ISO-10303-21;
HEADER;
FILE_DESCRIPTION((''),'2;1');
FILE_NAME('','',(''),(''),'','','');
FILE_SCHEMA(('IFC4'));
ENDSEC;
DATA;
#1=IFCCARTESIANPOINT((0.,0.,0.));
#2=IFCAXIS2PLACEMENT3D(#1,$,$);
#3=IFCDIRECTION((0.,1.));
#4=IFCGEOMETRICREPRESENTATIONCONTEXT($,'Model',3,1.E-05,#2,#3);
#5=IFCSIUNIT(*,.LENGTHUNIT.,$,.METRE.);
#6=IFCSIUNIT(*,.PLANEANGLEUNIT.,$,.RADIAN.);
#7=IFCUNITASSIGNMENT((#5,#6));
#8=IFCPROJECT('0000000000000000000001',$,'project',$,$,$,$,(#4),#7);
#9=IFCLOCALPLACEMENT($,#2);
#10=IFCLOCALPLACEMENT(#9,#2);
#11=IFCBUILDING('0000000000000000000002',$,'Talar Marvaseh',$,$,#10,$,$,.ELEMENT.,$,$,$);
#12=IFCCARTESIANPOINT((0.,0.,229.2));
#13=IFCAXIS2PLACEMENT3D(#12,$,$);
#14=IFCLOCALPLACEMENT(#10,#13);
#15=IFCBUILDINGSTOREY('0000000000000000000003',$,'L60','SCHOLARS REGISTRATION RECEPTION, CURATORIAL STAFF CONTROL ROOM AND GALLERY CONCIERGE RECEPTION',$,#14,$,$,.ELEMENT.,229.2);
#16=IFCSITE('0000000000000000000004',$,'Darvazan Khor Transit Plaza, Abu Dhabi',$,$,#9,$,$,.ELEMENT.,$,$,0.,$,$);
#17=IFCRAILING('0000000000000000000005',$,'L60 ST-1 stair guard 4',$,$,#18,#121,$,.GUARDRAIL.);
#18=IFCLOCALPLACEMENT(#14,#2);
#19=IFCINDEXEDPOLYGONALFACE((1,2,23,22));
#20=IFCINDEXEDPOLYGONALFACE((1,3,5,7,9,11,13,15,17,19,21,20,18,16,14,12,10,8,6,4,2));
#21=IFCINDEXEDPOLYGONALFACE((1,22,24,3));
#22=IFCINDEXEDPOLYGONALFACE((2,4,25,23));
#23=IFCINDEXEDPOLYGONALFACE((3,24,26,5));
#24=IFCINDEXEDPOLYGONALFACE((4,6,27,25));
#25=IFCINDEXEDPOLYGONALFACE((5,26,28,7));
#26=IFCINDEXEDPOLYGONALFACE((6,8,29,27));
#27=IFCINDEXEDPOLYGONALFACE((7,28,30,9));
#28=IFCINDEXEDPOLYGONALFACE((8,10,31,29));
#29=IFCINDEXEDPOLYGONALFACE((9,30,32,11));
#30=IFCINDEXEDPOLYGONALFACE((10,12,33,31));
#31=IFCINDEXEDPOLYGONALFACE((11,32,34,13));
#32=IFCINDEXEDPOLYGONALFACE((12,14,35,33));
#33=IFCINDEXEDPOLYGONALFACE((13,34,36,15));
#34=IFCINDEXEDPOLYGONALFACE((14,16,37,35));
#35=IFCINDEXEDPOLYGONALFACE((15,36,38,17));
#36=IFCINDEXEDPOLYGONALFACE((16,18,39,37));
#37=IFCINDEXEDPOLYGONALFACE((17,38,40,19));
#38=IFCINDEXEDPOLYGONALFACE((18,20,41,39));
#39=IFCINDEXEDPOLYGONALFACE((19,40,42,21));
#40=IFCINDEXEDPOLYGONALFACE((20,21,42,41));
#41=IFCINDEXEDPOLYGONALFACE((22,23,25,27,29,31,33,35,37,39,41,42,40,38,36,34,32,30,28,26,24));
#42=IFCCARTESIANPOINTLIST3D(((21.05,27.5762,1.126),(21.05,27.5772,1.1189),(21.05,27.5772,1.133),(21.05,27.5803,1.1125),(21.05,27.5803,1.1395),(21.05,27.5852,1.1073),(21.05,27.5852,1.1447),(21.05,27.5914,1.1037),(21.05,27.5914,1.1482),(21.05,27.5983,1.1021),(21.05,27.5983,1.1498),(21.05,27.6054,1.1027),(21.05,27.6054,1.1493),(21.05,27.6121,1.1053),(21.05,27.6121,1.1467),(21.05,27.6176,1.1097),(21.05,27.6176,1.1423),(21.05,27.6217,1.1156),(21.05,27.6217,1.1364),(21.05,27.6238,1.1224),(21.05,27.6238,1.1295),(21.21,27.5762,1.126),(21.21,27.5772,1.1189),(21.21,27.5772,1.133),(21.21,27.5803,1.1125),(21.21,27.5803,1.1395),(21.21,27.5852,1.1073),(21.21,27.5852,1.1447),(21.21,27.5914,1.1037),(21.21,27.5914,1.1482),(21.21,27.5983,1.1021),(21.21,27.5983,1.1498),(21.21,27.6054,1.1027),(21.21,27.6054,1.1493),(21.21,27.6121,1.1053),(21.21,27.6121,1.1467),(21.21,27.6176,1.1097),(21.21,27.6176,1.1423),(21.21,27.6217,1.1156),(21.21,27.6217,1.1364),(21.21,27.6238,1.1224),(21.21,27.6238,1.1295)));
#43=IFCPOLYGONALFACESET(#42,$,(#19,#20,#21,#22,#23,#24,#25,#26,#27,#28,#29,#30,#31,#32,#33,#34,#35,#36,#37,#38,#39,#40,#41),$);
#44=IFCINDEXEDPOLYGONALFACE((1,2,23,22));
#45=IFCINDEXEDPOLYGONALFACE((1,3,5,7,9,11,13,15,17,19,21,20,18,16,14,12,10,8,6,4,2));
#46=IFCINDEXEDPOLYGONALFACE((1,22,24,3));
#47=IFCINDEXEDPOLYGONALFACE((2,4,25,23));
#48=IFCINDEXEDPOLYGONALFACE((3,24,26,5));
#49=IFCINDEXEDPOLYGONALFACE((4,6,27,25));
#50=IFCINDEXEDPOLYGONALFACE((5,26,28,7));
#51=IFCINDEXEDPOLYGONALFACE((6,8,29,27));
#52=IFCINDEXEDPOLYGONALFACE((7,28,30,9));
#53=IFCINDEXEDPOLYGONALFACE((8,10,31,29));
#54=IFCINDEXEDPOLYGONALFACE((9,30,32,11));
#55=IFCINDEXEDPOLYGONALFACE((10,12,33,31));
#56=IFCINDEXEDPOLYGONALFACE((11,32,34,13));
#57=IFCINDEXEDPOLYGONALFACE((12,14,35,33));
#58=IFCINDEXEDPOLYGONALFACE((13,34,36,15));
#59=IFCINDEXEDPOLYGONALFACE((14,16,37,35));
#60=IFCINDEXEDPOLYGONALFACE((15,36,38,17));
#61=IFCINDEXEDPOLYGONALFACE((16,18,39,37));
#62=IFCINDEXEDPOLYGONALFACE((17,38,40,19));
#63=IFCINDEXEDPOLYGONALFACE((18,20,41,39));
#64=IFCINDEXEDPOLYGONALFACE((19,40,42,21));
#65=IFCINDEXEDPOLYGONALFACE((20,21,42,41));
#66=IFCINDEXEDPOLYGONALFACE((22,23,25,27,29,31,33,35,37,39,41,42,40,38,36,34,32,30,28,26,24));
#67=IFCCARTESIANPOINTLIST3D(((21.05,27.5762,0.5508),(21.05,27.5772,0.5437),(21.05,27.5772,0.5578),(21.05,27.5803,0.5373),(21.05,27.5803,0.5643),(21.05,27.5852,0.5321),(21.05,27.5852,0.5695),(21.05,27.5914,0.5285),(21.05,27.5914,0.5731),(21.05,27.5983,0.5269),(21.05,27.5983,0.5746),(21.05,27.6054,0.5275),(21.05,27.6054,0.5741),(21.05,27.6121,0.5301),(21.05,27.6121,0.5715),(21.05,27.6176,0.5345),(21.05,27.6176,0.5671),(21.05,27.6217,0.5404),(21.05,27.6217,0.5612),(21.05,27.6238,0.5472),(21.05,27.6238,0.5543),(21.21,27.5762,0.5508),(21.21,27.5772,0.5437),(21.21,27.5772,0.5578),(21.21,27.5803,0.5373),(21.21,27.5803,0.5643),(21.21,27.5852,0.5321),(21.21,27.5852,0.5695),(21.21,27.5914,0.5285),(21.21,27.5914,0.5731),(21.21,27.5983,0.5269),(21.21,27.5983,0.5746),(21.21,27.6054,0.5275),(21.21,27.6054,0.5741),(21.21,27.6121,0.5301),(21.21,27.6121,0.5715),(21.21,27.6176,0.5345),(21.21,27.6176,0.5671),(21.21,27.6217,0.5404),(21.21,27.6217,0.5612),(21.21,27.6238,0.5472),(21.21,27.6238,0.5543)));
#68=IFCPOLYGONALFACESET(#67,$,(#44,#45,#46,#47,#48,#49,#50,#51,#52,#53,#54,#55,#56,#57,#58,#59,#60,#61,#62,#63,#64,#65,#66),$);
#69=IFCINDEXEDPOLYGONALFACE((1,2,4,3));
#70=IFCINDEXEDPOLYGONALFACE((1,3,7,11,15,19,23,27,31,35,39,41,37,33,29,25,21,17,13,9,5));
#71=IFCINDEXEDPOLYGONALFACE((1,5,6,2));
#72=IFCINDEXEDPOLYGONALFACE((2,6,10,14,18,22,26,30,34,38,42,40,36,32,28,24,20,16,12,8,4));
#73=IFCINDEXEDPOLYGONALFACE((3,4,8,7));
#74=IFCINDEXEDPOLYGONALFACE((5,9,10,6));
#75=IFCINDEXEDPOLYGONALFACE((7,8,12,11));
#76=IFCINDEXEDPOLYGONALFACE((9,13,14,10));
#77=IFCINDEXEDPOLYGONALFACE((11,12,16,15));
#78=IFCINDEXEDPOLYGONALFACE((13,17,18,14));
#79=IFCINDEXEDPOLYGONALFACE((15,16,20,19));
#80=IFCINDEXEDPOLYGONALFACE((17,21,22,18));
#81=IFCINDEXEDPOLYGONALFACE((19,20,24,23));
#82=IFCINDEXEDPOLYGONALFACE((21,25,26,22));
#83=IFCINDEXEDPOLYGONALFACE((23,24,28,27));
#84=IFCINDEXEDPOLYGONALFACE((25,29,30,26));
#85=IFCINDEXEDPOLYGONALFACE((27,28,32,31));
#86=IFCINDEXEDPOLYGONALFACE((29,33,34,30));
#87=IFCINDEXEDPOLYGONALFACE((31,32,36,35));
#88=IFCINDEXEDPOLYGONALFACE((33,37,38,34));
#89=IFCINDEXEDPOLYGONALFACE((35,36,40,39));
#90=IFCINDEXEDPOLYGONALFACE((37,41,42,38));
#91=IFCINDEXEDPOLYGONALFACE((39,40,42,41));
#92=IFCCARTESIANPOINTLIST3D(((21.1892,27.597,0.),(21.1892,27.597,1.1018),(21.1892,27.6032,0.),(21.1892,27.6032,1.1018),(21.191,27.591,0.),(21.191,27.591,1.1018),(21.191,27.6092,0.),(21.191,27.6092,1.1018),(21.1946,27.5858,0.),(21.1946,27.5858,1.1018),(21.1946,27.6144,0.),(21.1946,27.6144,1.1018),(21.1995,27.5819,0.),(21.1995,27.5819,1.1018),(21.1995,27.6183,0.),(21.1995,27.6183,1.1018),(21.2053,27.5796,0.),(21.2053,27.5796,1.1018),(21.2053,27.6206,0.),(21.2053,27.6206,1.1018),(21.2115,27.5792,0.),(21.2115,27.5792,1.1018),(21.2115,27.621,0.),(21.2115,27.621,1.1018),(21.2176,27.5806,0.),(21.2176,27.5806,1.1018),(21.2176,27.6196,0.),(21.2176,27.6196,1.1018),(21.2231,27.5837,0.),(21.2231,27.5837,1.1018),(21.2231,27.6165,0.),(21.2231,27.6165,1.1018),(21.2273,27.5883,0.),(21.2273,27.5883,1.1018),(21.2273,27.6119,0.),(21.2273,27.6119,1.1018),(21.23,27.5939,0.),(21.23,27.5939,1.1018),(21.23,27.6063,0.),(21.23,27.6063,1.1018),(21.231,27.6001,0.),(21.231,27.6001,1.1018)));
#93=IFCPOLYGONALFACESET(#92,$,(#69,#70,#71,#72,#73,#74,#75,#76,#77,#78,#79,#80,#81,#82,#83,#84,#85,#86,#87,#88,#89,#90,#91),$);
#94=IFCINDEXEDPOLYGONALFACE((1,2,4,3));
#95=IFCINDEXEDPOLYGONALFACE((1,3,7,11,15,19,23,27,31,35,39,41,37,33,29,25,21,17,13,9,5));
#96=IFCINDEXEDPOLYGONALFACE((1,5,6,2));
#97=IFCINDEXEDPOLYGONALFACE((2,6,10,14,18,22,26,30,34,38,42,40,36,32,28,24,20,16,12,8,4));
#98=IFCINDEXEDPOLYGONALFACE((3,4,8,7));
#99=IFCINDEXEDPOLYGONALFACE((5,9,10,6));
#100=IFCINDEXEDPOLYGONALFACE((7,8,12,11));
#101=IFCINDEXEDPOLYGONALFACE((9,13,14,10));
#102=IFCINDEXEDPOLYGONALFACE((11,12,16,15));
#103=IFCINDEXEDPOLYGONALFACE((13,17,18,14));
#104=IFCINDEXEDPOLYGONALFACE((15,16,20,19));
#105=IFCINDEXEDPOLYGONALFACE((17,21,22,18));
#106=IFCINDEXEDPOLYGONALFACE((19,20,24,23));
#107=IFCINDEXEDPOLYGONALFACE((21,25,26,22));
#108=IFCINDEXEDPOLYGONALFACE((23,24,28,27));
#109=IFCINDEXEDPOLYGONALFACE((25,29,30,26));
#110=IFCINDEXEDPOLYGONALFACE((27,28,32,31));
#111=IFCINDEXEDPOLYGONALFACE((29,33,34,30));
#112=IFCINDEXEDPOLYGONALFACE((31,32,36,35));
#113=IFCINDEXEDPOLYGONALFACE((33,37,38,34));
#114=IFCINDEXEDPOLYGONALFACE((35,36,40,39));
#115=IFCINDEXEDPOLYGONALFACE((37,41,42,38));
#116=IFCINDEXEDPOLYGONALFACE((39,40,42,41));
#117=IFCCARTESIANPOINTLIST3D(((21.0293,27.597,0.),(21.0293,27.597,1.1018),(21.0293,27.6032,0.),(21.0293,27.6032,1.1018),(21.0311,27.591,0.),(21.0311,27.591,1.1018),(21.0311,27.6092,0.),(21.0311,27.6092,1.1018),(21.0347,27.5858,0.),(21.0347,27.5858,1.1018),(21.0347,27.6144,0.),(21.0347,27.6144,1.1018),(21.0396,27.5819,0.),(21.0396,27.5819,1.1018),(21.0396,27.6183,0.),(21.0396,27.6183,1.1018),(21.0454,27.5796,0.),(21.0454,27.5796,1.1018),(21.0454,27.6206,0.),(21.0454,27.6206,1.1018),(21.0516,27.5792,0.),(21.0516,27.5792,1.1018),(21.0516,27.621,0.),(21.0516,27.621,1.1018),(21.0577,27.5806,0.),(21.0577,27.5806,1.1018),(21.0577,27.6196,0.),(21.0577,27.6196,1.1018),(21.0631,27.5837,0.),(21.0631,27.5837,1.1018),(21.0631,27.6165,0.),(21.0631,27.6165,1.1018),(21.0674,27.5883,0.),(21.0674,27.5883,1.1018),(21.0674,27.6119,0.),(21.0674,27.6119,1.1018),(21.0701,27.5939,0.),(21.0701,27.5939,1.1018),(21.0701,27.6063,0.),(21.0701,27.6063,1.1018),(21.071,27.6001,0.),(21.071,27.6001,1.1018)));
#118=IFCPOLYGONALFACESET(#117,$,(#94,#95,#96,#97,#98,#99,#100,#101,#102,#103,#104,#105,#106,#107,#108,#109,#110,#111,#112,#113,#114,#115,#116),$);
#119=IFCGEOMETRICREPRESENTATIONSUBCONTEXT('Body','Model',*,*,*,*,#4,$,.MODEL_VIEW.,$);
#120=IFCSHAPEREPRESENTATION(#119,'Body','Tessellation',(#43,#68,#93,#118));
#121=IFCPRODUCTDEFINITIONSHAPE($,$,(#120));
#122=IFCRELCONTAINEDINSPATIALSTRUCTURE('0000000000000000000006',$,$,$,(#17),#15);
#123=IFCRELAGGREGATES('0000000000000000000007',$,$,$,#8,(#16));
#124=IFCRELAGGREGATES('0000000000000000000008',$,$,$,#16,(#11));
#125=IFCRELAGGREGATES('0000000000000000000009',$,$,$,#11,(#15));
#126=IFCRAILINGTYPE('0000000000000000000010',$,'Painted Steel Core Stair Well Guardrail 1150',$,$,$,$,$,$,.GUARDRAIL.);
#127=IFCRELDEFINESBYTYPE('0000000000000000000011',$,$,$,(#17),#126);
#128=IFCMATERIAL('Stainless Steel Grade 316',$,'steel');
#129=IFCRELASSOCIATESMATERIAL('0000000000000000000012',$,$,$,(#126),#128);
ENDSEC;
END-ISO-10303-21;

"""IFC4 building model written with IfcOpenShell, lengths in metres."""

from ifc_helpers import new_model, si_unit, direction, frame, origin, origin_2d, place, context, subcontext, project, spatial, circle, extrude, material, type_object, element, save


model = new_model("IFC4")

# Units and contexts
model_context = context("Model", 3, precision=1e-05, world=origin(), true_north=direction((0.0, 1.0)))
body_context = subcontext(model_context, "Body", "Model", "MODEL_VIEW")
ifc_project = project(units=[si_unit("LENGTHUNIT", "METRE"), si_unit("PLANEANGLEUNIT", "RADIAN")], contexts=[model_context])

# Site, building, storey
site_placement = place(None, origin())
site = spatial("IfcSite", under=ifc_project, at=site_placement, Name="Darvazan Khor Transit Plaza, Abu Dhabi", CompositionType="ELEMENT", RefElevation=0.0)
building_placement = place(site_placement, origin())
building = spatial("IfcBuilding", under=site, at=building_placement, Name="Talar Marvaseh", CompositionType="ELEMENT")
storey_placement = place(building_placement, frame((0.0, 0.0, 229.2)))
storey = spatial("IfcBuildingStorey", under=building, at=storey_placement, Name="L60", Description="SCHOLARS REGISTRATION RECEPTION, CURATORIAL STAFF CONTROL ROOM AND GALLERY CONCIERGE RECEPTION", CompositionType="ELEMENT", Elevation=229.2)

# Railing
ifc_material_1 = material(Name="Stainless Steel Grade 316", Category="steel")
railing_type_1 = type_object("IfcRailingType", Name="Painted Steel Core Stair Well Guardrail 1150", PredefinedType="GUARDRAIL", material=ifc_material_1)
railing_1_placement = place(storey_placement, frame((21.21, 27.6001, 0.0)))
element("IfcRailing", 1, at=railing_1_placement, inside=storey, type_object=railing_type_1, Name="L60 ST-1 stair guard 4", PredefinedType="GUARDRAIL", context=body_context, shape_type="SweptSolid", body=[
    extrude(circle(Radius=0.0239, at=origin_2d()), frame((0.0, 0.0, 1.126), z_axis=(-1.0, 0.0, 0.0), x_axis=(0.0, -1.0, 0.0)), (0.0, 0.0, 1.0), 0.1599),
    extrude(circle(Radius=0.0239, at=origin_2d()), frame((0.0, 0.0, 0.5508), z_axis=(-1.0, 0.0, 0.0), x_axis=(0.0, -1.0, 0.0)), (0.0, 0.0, 1.0), 0.1599),
    extrude(circle(Radius=0.021, at=origin_2d()), origin(), (0.0, 0.0, 1.0), 1.1018),
    extrude(circle(Radius=0.021, at=origin_2d()), frame((-0.1599, 0.0, 0.0)), (0.0, 0.0, 1.0), 1.1018),
])

save(model, "model.ifc")
